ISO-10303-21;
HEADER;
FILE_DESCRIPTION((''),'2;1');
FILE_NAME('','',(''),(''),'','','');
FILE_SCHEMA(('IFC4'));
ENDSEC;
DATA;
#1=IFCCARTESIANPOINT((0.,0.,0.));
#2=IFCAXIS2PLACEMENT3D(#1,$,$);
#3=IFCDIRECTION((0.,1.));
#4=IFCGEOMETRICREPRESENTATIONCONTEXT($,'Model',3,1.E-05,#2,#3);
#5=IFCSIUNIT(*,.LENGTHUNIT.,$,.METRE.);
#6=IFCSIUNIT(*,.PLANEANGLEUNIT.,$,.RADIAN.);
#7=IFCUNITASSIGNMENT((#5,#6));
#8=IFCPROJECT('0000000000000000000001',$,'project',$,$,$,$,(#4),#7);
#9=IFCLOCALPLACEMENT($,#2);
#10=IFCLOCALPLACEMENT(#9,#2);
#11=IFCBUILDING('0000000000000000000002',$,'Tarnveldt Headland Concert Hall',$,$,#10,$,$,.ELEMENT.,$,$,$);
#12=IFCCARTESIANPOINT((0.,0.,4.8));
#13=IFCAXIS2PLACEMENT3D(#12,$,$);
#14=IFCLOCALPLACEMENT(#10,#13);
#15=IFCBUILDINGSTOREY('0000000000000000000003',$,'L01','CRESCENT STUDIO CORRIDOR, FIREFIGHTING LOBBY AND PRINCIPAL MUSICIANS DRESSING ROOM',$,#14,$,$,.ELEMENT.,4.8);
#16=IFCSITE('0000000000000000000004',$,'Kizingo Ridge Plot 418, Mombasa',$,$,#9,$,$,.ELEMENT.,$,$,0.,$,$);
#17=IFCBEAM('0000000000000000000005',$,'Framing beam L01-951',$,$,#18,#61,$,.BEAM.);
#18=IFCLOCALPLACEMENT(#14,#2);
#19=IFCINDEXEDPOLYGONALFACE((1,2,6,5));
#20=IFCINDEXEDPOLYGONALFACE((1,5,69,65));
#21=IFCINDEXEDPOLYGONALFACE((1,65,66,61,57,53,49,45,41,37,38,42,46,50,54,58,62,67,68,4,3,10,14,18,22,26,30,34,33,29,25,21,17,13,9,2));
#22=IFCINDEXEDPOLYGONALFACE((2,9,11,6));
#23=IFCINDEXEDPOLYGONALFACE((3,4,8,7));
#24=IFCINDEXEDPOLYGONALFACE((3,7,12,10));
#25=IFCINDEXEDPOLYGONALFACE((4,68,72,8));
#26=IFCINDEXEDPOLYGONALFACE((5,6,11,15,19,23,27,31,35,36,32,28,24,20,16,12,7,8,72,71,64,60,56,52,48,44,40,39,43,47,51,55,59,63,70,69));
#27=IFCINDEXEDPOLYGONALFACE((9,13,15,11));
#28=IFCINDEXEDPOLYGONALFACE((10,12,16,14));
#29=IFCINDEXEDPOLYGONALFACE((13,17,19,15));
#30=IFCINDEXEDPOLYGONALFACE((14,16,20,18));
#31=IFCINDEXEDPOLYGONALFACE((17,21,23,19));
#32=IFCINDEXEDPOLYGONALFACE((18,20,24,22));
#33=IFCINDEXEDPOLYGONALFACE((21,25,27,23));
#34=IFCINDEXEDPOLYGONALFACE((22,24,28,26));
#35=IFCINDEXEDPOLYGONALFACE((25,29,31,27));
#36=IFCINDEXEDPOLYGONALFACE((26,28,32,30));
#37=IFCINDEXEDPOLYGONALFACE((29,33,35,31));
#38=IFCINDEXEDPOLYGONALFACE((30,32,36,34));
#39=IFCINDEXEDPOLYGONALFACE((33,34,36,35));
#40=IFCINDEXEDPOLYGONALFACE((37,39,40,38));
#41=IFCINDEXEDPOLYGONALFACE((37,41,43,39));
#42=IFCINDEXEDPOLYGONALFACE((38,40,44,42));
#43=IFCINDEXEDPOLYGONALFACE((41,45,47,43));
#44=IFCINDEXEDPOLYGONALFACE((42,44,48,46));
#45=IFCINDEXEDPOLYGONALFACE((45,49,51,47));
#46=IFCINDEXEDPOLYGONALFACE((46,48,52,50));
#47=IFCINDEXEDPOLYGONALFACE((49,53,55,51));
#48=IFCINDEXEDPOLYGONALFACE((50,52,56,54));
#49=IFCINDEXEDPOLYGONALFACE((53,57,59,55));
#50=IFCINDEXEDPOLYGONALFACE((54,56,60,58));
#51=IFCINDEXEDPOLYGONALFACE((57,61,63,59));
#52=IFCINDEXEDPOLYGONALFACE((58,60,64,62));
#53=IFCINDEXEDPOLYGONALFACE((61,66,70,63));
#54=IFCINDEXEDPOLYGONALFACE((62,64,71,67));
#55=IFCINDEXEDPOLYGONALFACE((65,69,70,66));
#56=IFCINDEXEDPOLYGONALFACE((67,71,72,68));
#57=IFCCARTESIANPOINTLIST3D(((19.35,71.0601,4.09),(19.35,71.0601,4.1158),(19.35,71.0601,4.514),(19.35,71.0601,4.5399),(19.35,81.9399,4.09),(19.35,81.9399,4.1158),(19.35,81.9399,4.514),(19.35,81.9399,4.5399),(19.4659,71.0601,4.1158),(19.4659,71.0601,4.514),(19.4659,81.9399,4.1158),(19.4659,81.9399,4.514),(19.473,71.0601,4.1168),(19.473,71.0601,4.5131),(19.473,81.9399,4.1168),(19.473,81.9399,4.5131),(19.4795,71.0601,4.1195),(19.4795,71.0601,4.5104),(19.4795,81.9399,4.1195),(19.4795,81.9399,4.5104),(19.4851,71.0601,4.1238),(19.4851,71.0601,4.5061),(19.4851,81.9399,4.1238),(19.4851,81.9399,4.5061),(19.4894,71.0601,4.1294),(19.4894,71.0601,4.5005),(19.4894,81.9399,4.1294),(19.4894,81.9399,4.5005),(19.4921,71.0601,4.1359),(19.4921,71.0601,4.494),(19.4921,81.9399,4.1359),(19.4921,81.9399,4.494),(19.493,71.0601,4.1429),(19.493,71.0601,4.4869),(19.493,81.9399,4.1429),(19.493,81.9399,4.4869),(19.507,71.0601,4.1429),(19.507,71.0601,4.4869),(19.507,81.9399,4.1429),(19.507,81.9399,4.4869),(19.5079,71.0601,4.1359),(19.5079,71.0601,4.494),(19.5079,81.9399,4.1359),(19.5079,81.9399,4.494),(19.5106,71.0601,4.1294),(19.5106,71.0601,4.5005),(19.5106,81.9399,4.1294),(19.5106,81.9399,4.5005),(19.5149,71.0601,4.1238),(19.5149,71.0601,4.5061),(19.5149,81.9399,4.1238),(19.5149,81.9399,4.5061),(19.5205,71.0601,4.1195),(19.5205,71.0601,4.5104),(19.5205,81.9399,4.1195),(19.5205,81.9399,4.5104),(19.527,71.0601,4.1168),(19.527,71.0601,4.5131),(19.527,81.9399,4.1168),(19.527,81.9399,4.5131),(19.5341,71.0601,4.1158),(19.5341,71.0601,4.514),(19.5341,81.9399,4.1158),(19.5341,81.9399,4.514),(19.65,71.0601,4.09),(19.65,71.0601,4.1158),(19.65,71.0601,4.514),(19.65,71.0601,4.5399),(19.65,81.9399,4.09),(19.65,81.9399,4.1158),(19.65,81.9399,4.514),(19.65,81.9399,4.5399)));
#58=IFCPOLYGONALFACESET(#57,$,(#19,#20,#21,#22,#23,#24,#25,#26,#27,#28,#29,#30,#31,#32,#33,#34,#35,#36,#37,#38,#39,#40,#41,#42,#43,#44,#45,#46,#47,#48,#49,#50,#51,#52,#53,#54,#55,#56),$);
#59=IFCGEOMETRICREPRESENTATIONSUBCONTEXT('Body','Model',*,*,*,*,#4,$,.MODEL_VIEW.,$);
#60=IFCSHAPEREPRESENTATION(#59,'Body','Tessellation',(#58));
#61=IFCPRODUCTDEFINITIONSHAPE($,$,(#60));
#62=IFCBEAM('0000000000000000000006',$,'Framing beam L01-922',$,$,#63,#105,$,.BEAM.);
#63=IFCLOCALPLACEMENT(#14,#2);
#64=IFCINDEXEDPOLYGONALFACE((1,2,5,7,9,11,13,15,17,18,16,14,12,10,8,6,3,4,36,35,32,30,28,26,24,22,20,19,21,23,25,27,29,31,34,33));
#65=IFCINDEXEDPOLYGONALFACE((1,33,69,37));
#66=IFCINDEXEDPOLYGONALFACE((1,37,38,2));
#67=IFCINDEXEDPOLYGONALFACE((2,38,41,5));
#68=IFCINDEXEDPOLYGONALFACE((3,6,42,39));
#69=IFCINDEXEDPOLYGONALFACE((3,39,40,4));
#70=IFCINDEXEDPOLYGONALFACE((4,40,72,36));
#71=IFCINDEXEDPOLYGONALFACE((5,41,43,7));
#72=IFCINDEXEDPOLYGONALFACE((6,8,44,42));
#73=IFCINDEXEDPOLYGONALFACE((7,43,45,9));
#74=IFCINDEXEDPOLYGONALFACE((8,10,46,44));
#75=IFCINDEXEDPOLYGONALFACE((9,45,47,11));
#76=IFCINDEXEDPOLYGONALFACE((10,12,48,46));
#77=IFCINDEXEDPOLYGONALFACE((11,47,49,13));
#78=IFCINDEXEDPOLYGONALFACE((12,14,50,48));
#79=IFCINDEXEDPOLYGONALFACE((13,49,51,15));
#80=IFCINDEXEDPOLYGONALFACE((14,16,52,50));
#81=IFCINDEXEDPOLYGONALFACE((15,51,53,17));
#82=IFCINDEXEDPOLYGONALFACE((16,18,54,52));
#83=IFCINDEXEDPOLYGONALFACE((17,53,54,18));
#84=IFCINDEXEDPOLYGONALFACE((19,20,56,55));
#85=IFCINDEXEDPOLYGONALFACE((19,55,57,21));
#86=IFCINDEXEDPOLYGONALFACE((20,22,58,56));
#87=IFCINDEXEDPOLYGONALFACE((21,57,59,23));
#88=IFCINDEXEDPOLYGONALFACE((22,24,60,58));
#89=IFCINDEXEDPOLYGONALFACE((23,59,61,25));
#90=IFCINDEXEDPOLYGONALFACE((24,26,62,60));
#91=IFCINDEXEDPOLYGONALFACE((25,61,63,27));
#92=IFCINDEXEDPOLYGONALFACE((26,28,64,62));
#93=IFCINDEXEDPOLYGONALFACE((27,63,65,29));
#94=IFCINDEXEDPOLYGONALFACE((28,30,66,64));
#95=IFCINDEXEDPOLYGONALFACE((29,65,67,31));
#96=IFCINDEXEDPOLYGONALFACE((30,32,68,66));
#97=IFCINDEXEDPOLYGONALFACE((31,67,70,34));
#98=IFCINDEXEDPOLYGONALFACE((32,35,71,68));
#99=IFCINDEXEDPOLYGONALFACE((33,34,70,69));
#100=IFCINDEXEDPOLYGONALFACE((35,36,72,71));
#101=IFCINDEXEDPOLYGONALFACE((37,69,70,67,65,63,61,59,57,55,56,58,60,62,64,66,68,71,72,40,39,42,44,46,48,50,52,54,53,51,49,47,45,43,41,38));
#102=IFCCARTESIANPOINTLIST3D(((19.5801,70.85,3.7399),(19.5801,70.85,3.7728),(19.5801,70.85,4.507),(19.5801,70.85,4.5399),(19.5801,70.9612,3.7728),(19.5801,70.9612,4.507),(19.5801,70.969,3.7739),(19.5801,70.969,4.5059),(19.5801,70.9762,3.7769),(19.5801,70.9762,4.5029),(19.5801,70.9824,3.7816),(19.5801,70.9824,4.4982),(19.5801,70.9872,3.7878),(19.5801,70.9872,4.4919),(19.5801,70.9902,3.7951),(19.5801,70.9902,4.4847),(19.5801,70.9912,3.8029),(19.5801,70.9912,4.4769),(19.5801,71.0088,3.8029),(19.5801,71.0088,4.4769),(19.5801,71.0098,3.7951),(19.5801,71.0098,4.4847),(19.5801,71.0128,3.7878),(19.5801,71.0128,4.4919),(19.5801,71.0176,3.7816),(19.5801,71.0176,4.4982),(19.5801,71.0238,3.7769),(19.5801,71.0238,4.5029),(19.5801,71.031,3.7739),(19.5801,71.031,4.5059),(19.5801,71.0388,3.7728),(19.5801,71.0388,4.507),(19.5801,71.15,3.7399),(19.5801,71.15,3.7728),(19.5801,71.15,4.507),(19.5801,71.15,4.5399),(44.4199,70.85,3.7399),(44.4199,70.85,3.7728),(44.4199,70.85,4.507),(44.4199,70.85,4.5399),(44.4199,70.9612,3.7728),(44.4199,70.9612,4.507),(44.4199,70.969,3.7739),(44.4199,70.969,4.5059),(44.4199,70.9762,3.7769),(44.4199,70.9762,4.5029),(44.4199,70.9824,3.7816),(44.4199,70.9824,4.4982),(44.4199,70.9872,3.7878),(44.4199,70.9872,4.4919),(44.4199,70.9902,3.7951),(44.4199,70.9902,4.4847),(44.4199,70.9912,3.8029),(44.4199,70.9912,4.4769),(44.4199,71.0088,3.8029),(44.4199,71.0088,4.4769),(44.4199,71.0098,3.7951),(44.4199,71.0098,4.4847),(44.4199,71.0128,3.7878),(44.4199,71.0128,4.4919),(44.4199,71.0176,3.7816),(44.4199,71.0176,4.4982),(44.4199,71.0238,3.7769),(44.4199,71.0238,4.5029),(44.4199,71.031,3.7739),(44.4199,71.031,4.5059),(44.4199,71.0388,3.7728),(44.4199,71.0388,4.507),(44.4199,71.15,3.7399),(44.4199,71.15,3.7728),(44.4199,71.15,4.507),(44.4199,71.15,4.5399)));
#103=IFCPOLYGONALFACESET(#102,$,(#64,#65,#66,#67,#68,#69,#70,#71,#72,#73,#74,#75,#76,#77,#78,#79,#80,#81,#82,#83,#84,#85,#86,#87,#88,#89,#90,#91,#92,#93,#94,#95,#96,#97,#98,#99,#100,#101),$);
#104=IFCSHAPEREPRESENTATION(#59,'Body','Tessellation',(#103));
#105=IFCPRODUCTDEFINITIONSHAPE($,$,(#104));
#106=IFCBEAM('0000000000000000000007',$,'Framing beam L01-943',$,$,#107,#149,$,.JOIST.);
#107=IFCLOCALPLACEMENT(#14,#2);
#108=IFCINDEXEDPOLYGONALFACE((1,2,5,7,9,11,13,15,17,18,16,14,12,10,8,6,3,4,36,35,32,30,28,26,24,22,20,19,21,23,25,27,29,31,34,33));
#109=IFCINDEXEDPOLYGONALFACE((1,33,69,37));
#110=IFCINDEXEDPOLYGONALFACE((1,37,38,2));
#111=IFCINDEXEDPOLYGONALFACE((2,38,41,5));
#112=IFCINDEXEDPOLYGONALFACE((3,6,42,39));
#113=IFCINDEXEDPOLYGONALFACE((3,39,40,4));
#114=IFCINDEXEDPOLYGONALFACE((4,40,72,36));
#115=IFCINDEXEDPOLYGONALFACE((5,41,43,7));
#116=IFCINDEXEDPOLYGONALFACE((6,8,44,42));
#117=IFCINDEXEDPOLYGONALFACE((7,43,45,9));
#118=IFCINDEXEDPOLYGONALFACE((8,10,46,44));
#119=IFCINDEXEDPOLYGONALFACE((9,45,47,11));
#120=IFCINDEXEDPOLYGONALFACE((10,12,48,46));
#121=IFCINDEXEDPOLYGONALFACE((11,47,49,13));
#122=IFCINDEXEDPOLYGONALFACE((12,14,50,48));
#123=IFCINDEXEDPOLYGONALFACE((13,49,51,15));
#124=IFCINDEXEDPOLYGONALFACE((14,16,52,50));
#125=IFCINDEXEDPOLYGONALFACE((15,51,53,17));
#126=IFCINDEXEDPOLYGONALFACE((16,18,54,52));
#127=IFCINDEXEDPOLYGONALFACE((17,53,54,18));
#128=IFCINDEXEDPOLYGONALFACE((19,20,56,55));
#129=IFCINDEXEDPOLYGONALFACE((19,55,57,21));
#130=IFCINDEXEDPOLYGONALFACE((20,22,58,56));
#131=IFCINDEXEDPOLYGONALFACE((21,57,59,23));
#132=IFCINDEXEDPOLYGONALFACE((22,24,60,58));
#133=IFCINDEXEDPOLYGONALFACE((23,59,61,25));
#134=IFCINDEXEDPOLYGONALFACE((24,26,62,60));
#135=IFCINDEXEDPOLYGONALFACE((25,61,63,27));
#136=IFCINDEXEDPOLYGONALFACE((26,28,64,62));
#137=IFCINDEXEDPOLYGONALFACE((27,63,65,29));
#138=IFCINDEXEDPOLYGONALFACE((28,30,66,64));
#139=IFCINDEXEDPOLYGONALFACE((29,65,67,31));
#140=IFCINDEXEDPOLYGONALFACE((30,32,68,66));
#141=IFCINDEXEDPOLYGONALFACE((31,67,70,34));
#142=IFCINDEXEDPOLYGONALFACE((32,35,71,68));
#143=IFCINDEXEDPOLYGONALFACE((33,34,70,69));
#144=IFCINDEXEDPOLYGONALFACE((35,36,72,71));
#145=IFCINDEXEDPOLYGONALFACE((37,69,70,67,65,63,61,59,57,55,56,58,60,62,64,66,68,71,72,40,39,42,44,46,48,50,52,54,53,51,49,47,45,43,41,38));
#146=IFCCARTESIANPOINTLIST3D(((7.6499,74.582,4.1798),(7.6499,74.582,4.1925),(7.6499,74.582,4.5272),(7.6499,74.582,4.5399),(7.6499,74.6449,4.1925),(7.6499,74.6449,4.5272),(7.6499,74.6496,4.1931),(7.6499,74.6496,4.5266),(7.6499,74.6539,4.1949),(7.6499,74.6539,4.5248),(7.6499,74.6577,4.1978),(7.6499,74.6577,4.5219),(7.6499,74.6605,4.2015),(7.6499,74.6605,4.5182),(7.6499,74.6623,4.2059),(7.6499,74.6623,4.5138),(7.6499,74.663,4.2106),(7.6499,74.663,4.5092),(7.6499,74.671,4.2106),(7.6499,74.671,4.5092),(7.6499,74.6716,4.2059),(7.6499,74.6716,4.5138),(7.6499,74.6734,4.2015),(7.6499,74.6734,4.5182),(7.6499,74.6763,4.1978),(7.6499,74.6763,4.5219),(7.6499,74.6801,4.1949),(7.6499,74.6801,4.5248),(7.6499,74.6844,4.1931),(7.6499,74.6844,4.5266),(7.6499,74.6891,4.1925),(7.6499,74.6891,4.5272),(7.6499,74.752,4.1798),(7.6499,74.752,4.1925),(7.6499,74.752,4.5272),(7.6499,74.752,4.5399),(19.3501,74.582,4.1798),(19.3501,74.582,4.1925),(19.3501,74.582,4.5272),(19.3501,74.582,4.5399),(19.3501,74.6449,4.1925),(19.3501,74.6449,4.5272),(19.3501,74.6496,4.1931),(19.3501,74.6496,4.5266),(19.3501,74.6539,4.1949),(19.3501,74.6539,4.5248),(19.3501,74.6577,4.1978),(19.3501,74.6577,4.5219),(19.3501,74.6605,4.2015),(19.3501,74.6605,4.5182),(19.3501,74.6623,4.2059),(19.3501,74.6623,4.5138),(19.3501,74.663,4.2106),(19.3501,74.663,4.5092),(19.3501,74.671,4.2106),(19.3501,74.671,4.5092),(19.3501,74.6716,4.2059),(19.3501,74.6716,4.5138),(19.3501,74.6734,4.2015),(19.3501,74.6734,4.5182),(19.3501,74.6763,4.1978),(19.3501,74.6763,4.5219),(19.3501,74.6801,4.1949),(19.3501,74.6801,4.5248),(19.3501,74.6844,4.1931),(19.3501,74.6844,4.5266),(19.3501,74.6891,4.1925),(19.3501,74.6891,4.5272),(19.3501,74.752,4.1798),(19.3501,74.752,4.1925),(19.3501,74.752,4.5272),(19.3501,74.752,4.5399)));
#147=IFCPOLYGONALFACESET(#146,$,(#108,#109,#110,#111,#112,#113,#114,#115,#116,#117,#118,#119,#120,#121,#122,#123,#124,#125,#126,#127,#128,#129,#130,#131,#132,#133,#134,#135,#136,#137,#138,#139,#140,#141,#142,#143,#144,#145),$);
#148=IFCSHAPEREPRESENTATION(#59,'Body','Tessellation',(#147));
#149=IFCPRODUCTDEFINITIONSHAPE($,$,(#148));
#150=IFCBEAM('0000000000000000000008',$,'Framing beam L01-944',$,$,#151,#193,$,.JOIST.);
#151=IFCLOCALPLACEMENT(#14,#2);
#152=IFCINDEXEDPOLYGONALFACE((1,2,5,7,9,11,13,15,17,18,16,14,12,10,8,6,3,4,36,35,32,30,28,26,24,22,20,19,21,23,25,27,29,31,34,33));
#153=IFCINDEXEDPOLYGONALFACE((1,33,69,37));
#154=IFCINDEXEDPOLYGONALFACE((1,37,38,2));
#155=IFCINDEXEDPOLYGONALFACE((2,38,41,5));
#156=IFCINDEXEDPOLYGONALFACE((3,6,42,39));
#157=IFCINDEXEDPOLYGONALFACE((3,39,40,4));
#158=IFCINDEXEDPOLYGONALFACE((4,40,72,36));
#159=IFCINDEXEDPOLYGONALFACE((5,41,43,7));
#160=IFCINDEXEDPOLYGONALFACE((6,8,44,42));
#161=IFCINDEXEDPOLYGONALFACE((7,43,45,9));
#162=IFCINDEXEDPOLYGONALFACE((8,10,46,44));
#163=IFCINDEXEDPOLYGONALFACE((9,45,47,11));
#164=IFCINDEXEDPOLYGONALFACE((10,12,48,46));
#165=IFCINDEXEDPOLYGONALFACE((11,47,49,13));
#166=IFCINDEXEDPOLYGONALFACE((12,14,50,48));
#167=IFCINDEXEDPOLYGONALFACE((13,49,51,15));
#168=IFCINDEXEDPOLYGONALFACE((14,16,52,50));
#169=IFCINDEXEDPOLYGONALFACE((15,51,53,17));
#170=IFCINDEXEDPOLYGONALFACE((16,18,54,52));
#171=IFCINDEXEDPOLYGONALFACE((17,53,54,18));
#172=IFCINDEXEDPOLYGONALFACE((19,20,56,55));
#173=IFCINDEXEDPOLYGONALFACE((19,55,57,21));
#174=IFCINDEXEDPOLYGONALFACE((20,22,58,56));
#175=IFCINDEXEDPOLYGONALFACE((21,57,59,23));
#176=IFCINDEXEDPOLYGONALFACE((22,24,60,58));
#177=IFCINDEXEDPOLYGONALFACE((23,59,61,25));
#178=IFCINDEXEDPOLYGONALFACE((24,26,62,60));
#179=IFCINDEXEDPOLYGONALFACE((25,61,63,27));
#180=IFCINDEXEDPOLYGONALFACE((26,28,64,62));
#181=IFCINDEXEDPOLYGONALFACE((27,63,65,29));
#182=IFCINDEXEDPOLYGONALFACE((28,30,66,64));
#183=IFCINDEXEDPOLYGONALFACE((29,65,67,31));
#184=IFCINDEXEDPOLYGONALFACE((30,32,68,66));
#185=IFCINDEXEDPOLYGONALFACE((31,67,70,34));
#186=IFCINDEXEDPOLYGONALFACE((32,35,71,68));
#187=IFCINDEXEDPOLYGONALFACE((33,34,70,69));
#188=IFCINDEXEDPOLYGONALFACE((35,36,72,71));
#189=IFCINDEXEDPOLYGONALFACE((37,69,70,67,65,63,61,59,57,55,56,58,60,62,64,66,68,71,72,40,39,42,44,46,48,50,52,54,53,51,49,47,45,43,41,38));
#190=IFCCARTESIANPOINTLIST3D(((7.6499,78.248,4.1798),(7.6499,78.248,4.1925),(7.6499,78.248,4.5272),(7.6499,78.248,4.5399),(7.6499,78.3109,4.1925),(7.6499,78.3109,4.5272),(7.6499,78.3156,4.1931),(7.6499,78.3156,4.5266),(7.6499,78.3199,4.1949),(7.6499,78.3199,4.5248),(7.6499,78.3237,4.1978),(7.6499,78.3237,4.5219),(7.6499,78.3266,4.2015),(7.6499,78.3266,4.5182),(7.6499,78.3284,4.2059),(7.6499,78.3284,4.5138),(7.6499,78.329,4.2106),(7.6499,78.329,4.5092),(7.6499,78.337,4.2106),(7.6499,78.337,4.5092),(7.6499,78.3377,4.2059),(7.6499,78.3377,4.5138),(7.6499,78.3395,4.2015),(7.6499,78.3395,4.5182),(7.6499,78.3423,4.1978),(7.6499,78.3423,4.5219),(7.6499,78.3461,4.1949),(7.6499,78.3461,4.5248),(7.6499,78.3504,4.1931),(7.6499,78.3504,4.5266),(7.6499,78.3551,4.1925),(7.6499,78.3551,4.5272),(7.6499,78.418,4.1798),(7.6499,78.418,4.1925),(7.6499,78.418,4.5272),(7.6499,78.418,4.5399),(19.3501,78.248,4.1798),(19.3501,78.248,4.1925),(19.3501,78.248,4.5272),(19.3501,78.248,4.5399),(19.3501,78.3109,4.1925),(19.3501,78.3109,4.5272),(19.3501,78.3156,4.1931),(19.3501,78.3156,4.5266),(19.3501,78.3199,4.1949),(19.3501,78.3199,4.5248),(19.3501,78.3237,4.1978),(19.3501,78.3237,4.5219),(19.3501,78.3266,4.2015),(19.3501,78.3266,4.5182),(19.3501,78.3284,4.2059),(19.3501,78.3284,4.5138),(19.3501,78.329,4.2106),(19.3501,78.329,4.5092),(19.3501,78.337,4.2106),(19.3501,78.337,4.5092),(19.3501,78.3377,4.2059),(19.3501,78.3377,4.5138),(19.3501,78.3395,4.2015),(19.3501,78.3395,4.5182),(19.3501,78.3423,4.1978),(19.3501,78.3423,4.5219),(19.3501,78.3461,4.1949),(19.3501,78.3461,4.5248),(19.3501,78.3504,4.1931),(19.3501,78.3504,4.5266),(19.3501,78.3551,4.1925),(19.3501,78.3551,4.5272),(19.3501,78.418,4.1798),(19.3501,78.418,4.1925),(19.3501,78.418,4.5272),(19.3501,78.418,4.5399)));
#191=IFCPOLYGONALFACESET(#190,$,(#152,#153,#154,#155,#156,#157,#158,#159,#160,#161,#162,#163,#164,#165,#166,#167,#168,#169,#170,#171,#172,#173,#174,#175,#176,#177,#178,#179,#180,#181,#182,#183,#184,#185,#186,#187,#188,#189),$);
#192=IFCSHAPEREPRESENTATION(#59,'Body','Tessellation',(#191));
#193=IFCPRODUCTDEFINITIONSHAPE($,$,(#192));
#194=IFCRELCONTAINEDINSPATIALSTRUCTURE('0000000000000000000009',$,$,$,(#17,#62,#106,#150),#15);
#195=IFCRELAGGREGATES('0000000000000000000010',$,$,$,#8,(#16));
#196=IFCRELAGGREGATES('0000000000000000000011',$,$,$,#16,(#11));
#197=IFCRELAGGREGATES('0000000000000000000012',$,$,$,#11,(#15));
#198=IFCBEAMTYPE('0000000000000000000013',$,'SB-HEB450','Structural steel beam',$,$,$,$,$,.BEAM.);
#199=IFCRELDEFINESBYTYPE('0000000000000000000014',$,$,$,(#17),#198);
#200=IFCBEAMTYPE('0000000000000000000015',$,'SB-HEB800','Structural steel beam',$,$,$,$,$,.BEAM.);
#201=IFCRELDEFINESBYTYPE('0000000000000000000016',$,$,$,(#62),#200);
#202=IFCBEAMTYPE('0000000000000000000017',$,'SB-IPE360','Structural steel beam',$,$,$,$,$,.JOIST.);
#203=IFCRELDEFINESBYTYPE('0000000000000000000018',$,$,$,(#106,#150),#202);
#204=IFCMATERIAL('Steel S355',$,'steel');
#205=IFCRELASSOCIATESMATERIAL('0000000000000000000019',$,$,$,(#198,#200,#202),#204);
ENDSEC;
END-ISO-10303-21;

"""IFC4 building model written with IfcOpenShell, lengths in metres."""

from ifc_helpers import new_model, si_unit, direction, frame, origin, origin_2d, place, context, subcontext, project, spatial, i_section, extrude, material, material_profile, profile_set, type_object, element, save


model = new_model("IFC4")

# Units and contexts
model_context = context("Model", 3, precision=1e-05, world=origin(), true_north=direction((0.0, 1.0)))
body_context = subcontext(model_context, "Body", "Model", "MODEL_VIEW")
ifc_project = project(units=[si_unit("LENGTHUNIT", "METRE"), si_unit("PLANEANGLEUNIT", "RADIAN")], contexts=[model_context])

# Site, building, storey
site_placement = place(None, origin())
site = spatial("IfcSite", under=ifc_project, at=site_placement, Name="Kizingo Ridge Plot 418, Mombasa", CompositionType="ELEMENT", RefElevation=0.0)
building_placement = place(site_placement, origin())
building = spatial("IfcBuilding", under=site, at=building_placement, Name="Tarnveldt Headland Concert Hall", CompositionType="ELEMENT")
storey_placement = place(building_placement, frame((0.0, 0.0, 4.8)))
storey = spatial("IfcBuildingStorey", under=building, at=storey_placement, Name="L01", Description="CRESCENT STUDIO CORRIDOR, FIREFIGHTING LOBBY AND PRINCIPAL MUSICIANS DRESSING ROOM", CompositionType="ELEMENT", Elevation=4.8)

# Shared definitions
ifc_material_1 = material(Name="Steel S355", Category="steel")

# Beams
ifc_material_profile_1 = material_profile(ifc_material_1, i_section(OverallWidth=0.3, OverallDepth=0.45, WebThickness=0.0139, FlangeThickness=0.0259, FilletRadius=0.0271, at=origin_2d()), Name="HEB450", Category="steel")
ifc_profile_set_1 = profile_set([ifc_material_profile_1], Name="Steel S355")
beam_type_1 = type_object("IfcBeamType", Name="SB-HEB450", Description="Structural steel beam", PredefinedType="BEAM", material=ifc_profile_set_1)
for number, where, z_axis, x_axis, name in (
    (1, (19.5, 71.0601, 4.3149), (0.0, 1.0, 0.0), (-1.0, 0.0, 0.0), "Framing beam L01-951"),
):
    element("IfcBeam", number, at=place(storey_placement, frame(where, z_axis=z_axis, x_axis=x_axis)), inside=storey, type_object=beam_type_1, Name=name, PredefinedType="BEAM", context=body_context, shape_type="SweptSolid", body=[
        extrude(i_section(OverallWidth=0.3, OverallDepth=0.45, WebThickness=0.0139, FlangeThickness=0.0259, FilletRadius=0.0271, at=origin_2d()), origin(), (0.0, 0.0, 1.0), 10.8799),
    ])
ifc_material_profile_2 = material_profile(ifc_material_1, i_section(OverallWidth=0.3, OverallDepth=0.8, WebThickness=0.0176, FlangeThickness=0.033, FilletRadius=0.03, at=origin_2d()), Name="HEB800", Category="steel")
ifc_profile_set_2 = profile_set([ifc_material_profile_2], Name="Steel S355")
beam_type_2 = type_object("IfcBeamType", Name="SB-HEB800", Description="Structural steel beam", PredefinedType="BEAM", material=ifc_profile_set_2)
beam_placement = place(storey_placement, frame((19.5801, 71.0, 4.1399), z_axis=(1.0, 0.0, 0.0), x_axis=(0.0, 1.0, 0.0)))
element("IfcBeam", 2, at=beam_placement, inside=storey, type_object=beam_type_2, Name="Framing beam L01-922", PredefinedType="BEAM", context=body_context, shape_type="SweptSolid", body=[
    extrude(i_section(OverallWidth=0.3, OverallDepth=0.8, WebThickness=0.0176, FlangeThickness=0.033, FilletRadius=0.03, at=origin_2d()), origin(), (0.0, 0.0, 1.0), 24.8398),
])
ifc_material_profile_3 = material_profile(ifc_material_1, i_section(OverallWidth=0.1699, OverallDepth=0.3601, WebThickness=0.0081, FlangeThickness=0.0127, FilletRadius=0.0181, at=origin_2d()), Name="IPE360", Category="steel")
ifc_profile_set_3 = profile_set([ifc_material_profile_3], Name="Steel S355")
beam_type_3 = type_object("IfcBeamType", Name="SB-IPE360", Description="Structural steel beam", PredefinedType="JOIST", material=ifc_profile_set_3)
for number, where, z_axis, x_axis, name in (
    (3, (7.6499, 74.667, 4.3599), (1.0, 0.0, 0.0), (0.0, 1.0, 0.0), "Framing beam L01-943"),
    (4, (7.6499, 78.333, 4.3599), (1.0, 0.0, 0.0), (0.0, 1.0, 0.0), "Framing beam L01-944"),
):
    element("IfcBeam", number, at=place(storey_placement, frame(where, z_axis=z_axis, x_axis=x_axis)), inside=storey, type_object=beam_type_3, Name=name, PredefinedType="JOIST", context=body_context, shape_type="SweptSolid", body=[
        extrude(i_section(OverallWidth=0.1699, OverallDepth=0.3601, WebThickness=0.0081, FlangeThickness=0.0127, FilletRadius=0.0181, at=origin_2d()), origin(), (0.0, 0.0, 1.0), 11.7002),
    ])

save(model, "model.ifc")
